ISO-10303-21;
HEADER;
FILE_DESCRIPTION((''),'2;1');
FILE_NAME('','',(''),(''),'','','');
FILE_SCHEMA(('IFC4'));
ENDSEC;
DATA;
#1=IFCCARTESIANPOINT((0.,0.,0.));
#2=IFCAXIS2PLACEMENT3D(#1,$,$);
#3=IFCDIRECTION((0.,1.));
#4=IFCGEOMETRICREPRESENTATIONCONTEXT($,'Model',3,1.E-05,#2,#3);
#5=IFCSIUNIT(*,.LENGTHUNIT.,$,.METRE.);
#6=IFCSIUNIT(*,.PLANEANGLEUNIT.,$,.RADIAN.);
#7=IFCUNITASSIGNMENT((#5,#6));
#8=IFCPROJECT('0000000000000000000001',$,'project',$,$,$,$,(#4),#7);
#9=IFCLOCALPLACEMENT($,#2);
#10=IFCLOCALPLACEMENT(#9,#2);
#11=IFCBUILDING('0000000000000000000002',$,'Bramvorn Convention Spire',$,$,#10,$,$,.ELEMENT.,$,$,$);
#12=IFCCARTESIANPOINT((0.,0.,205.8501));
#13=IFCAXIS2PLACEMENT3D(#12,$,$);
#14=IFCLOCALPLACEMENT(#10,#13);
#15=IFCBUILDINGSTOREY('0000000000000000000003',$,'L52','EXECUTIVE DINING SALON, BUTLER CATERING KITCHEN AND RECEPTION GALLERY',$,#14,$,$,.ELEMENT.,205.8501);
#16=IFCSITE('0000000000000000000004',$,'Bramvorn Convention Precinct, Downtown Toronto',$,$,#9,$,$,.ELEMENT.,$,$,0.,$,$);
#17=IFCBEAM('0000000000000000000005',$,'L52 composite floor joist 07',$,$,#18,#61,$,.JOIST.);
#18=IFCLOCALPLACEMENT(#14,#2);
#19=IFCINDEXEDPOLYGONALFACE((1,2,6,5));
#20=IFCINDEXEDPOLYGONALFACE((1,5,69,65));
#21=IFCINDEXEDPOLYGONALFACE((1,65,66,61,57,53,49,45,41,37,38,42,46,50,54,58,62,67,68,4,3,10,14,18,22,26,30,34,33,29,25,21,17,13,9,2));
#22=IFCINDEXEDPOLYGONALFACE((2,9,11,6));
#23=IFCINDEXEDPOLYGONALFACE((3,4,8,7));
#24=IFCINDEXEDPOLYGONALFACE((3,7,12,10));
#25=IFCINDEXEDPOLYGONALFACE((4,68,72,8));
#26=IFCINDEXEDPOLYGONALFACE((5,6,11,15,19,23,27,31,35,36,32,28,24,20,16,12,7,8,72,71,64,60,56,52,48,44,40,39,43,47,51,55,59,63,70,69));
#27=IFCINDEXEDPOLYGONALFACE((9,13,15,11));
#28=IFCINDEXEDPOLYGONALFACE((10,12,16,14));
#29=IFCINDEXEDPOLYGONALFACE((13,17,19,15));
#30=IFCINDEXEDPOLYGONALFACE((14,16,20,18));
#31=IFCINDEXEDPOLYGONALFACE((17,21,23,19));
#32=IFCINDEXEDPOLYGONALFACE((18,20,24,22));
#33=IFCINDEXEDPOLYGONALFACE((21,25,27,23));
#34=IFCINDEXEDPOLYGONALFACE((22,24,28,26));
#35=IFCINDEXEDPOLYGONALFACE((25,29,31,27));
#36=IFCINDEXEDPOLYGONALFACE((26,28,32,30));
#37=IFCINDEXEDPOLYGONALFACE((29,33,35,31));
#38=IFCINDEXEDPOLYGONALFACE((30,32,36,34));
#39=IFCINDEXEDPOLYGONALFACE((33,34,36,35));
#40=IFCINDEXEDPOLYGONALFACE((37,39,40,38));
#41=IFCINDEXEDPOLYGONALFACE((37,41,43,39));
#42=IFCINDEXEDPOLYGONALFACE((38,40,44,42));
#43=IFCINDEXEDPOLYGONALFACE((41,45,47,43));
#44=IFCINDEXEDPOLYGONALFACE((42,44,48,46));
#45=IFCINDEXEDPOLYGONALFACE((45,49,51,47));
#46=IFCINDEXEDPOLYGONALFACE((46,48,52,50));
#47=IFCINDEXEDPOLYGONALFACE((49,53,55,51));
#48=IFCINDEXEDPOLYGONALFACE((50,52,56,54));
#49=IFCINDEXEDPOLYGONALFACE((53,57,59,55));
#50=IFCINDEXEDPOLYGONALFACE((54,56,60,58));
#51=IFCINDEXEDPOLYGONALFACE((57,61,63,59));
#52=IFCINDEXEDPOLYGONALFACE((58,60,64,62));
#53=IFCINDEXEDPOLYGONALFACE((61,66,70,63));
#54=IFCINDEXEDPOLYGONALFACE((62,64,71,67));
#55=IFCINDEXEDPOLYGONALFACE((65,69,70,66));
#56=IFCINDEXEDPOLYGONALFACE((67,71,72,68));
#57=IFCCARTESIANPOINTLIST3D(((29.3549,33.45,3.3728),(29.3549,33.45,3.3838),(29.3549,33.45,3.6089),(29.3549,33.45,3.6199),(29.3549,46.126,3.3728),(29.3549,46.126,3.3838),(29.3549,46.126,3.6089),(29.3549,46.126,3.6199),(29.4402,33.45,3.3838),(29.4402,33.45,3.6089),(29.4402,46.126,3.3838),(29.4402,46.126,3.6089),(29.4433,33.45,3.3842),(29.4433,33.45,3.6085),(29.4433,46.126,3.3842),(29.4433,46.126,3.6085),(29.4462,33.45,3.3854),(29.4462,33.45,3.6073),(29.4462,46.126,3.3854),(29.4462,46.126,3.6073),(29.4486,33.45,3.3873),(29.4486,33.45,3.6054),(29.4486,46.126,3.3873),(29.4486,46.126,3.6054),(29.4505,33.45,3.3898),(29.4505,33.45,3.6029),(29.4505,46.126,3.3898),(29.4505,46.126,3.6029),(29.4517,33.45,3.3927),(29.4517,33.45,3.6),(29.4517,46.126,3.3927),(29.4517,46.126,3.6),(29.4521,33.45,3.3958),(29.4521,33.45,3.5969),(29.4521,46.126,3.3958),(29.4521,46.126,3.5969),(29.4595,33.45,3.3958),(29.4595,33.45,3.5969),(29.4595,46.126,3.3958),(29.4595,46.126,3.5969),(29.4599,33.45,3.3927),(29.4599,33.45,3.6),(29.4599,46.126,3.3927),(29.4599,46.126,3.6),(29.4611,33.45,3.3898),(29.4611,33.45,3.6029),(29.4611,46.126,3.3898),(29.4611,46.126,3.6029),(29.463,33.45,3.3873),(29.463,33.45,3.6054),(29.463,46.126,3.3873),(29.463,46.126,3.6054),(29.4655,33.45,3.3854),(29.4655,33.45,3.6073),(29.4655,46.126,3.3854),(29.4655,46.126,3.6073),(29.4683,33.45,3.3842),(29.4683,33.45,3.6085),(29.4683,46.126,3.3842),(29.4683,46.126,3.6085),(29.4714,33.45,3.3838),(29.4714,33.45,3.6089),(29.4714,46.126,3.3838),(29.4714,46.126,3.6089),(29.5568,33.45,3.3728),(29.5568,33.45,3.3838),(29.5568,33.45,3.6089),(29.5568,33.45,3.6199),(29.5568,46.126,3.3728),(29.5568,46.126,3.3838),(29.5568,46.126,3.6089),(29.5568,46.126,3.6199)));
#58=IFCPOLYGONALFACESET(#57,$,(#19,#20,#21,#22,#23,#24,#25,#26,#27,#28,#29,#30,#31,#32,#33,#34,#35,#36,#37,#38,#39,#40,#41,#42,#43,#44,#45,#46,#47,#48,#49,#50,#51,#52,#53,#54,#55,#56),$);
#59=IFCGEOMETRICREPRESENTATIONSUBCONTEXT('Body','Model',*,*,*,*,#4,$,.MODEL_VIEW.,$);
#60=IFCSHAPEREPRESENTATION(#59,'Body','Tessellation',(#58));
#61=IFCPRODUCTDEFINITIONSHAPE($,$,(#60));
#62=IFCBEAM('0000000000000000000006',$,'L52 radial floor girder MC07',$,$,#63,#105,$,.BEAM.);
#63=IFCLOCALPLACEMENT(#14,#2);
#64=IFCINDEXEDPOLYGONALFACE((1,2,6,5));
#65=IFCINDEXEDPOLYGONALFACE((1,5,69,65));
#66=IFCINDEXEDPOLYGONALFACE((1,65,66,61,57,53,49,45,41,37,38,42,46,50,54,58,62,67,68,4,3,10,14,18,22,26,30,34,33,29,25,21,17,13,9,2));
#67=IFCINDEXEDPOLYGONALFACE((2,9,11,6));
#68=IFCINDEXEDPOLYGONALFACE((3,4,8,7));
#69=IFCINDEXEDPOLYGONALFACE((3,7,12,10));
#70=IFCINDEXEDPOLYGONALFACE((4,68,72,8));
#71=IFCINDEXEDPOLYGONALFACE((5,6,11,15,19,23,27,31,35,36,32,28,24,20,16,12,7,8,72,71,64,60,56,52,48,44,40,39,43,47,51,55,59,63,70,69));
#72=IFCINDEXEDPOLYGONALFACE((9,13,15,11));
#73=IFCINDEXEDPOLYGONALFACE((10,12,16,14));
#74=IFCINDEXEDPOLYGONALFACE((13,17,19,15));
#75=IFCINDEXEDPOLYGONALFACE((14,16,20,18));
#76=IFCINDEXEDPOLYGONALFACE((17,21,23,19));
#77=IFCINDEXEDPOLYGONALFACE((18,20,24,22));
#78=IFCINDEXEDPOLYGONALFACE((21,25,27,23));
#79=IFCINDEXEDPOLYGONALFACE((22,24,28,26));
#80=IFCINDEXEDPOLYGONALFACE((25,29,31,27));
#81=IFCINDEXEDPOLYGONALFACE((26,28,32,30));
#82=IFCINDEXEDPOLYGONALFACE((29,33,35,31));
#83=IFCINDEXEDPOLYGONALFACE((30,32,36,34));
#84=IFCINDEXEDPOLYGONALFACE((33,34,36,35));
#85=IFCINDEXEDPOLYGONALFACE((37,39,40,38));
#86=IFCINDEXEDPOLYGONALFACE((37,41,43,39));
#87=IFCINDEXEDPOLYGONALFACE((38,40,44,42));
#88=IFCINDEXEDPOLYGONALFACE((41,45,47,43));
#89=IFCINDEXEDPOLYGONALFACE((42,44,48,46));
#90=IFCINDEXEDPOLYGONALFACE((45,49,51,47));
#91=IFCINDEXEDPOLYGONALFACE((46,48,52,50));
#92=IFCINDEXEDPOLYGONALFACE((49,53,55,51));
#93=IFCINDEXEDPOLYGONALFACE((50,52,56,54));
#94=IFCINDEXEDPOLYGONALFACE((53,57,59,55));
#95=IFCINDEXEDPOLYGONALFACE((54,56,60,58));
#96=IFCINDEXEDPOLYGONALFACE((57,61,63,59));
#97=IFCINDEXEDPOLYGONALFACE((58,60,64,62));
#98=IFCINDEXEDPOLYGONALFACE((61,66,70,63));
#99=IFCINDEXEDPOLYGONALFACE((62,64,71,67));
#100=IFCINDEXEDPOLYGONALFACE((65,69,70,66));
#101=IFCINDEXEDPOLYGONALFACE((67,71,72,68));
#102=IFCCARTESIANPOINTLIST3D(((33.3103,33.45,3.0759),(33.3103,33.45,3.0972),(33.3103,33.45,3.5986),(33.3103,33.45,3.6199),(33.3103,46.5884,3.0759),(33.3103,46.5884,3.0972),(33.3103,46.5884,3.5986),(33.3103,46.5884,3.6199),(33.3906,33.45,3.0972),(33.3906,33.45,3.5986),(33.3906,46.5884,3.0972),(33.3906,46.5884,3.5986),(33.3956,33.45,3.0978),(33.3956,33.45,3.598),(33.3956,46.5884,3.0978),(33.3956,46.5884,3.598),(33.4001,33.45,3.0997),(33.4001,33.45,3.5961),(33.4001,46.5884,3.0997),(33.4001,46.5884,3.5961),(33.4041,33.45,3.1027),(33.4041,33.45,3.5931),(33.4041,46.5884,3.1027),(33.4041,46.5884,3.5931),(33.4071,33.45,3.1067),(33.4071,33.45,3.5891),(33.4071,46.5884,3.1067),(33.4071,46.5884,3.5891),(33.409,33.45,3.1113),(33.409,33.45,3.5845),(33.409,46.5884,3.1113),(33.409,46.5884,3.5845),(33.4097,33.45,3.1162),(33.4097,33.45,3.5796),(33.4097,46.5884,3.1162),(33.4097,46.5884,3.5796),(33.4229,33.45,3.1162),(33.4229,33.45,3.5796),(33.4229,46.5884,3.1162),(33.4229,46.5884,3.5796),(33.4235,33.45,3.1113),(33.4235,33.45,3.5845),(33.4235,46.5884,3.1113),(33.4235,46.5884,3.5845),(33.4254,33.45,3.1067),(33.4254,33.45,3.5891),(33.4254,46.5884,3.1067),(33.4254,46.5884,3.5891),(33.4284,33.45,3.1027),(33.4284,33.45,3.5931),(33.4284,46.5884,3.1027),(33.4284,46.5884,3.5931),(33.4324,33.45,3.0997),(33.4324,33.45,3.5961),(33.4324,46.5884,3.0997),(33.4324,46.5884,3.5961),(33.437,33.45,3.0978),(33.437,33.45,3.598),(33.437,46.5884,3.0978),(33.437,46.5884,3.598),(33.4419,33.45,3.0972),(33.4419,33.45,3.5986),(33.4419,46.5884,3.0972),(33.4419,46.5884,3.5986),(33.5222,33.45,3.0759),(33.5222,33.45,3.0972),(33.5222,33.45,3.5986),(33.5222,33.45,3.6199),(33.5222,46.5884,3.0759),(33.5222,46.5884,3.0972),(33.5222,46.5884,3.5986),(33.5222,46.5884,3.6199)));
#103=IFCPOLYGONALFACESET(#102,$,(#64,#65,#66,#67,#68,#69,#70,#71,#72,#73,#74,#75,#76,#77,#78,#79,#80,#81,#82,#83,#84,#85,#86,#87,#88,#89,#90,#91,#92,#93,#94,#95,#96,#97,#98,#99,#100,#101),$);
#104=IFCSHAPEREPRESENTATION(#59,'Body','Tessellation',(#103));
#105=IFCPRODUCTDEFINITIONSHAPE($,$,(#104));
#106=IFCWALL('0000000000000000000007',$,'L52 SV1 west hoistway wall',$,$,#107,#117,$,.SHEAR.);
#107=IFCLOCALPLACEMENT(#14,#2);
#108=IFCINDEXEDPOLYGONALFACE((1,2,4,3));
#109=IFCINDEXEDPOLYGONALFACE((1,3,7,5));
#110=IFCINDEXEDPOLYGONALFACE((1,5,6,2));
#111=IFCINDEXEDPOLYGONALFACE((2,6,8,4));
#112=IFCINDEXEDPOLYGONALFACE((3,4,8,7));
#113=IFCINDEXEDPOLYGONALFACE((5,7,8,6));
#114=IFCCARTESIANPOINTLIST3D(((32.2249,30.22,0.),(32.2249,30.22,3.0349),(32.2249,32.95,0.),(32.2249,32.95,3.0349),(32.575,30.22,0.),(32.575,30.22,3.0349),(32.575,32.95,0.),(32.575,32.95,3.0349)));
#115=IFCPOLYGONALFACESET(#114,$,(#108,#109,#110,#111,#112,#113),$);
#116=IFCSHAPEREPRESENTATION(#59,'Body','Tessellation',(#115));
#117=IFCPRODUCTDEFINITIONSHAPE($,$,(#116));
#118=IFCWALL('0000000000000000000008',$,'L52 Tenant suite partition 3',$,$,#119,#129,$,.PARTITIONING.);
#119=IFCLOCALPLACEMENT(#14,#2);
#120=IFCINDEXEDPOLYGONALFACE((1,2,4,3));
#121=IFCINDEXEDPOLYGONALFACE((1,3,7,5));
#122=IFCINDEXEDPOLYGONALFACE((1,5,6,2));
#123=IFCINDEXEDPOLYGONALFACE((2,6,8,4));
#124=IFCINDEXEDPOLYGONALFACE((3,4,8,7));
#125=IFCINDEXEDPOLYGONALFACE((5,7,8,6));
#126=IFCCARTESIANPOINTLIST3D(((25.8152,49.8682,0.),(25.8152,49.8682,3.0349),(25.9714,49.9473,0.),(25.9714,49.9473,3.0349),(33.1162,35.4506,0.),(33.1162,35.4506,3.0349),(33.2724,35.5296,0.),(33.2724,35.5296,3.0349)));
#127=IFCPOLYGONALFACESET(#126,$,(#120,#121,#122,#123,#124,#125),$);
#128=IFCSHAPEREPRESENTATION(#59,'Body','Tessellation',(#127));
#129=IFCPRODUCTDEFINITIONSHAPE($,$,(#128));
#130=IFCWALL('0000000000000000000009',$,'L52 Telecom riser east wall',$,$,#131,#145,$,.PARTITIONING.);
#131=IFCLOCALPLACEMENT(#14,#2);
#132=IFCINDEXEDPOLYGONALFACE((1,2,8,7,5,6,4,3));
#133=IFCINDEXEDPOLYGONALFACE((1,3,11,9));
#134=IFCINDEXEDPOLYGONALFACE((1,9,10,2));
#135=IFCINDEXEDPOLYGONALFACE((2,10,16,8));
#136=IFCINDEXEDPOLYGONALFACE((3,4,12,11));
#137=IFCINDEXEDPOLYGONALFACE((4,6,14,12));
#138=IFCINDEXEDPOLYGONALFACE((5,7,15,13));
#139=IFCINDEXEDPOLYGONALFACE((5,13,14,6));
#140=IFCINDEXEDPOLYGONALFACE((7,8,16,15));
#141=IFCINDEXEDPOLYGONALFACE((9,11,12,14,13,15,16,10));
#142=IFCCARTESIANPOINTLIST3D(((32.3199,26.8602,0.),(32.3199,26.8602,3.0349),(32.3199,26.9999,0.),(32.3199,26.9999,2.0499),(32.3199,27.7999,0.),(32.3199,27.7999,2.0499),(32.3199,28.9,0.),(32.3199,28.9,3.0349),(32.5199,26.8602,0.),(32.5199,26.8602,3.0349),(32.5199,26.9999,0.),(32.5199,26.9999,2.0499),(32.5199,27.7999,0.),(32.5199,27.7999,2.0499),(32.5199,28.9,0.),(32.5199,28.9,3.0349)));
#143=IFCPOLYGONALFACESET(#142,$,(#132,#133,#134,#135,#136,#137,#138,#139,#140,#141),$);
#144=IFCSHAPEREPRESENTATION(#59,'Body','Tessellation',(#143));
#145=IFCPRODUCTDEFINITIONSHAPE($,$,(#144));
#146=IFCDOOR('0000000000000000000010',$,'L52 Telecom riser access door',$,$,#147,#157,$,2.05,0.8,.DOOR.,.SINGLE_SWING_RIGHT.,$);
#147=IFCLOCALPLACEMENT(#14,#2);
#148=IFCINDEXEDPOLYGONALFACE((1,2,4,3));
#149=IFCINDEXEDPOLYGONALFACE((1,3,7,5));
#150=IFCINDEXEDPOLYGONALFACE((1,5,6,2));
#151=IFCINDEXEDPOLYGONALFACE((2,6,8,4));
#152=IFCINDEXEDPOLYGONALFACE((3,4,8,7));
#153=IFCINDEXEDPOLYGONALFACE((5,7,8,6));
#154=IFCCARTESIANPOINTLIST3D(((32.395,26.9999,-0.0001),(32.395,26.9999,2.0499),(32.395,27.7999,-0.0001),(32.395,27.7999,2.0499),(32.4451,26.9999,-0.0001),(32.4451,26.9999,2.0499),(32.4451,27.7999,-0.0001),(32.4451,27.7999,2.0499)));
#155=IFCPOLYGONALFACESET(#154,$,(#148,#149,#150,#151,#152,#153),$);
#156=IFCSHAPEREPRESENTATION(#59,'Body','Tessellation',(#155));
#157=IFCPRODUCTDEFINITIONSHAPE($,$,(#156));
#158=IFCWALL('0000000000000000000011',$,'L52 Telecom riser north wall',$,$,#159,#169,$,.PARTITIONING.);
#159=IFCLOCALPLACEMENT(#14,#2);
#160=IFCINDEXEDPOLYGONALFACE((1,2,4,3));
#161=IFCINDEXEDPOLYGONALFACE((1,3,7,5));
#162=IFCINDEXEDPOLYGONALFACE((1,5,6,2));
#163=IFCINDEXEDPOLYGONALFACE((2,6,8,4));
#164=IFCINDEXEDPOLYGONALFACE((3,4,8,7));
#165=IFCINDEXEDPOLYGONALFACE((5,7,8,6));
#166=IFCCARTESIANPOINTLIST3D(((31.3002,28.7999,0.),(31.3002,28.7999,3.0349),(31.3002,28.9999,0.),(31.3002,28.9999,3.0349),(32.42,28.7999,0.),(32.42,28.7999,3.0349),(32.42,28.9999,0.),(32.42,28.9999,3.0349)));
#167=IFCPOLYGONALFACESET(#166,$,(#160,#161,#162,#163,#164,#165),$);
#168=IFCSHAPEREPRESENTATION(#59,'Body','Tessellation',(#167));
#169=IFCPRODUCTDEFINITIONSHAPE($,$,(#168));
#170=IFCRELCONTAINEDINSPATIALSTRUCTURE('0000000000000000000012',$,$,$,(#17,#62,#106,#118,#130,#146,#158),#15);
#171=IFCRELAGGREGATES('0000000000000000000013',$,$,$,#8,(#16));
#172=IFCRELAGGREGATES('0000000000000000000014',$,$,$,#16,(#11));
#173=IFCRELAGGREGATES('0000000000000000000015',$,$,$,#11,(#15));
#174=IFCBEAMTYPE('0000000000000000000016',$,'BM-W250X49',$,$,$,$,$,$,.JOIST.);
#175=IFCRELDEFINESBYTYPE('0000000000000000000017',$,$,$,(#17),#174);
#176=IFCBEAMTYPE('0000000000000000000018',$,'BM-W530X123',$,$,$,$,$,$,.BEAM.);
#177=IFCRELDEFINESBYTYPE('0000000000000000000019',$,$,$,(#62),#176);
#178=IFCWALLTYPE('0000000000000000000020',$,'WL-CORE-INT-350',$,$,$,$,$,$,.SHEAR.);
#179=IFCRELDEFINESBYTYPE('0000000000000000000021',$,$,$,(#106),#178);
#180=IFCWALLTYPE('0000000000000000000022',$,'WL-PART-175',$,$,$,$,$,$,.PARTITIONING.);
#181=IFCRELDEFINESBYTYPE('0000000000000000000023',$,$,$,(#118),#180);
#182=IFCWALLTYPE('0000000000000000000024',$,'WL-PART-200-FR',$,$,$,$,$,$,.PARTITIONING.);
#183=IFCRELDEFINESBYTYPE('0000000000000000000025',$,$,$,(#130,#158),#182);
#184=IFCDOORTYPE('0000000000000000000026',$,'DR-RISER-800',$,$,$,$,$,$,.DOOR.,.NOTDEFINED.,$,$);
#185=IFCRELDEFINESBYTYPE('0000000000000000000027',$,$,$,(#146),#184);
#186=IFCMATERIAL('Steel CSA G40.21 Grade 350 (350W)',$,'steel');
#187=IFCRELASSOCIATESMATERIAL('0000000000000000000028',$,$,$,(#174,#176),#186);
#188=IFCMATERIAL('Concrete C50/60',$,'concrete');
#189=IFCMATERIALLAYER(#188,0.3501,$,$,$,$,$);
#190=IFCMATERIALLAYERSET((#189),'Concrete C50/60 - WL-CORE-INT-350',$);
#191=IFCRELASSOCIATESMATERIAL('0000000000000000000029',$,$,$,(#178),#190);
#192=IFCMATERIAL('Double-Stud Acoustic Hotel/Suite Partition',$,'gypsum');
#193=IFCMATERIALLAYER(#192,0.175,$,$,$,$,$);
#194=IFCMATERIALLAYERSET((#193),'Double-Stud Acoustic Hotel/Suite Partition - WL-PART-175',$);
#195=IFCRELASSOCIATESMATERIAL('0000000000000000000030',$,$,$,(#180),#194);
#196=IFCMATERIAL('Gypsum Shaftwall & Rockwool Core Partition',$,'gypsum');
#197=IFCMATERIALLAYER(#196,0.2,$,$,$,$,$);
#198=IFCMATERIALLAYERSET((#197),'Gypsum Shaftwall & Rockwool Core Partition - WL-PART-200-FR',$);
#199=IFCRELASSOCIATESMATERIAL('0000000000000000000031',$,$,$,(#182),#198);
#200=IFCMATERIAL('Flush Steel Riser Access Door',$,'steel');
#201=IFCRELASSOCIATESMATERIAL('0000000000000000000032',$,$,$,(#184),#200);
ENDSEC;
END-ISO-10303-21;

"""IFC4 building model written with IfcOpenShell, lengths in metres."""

from ifc_helpers import new_model, si_unit, direction, frame, frame_2d, origin, origin_2d, place, context, subcontext, project, spatial, rectangle, i_section, extrude, material, layer, layer_set, material_profile, profile_set, type_object, element, fill, save


model = new_model("IFC4")

# Units and contexts
model_context = context("Model", 3, precision=1e-05, world=origin(), true_north=direction((0.0, 1.0)))
body_context = subcontext(model_context, "Body", "Model", "MODEL_VIEW")
ifc_project = project(units=[si_unit("LENGTHUNIT", "METRE"), si_unit("PLANEANGLEUNIT", "RADIAN")], contexts=[model_context])

# Site, building, storey
site_placement = place(None, origin())
site = spatial("IfcSite", under=ifc_project, at=site_placement, Name="Bramvorn Convention Precinct, Downtown Toronto", CompositionType="ELEMENT", RefElevation=0.0)
building_placement = place(site_placement, origin())
building = spatial("IfcBuilding", under=site, at=building_placement, Name="Bramvorn Convention Spire", CompositionType="ELEMENT")
storey_placement = place(building_placement, frame((0.0, 0.0, 205.8501)))
storey = spatial("IfcBuildingStorey", under=building, at=storey_placement, Name="L52", Description="EXECUTIVE DINING SALON, BUTLER CATERING KITCHEN AND RECEPTION GALLERY", CompositionType="ELEMENT", Elevation=205.8501)

# Beams
ifc_material_1 = material(Name="Steel CSA G40.21 Grade 350 (350W)", Category="steel")
ifc_material_profile_1 = material_profile(ifc_material_1, i_section(OverallWidth=0.2019, OverallDepth=0.2471, WebThickness=0.0073, FlangeThickness=0.011, FilletRadius=0.012, at=origin_2d()))
ifc_profile_set_1 = profile_set([ifc_material_profile_1], Name="Steel CSA G40.21 Grade 350 (350W) - W250X49")
beam_type_1 = type_object("IfcBeamType", Name="BM-W250X49", PredefinedType="JOIST", material=ifc_profile_set_1)
beam_1_placement = place(storey_placement, frame((29.4558, 33.45, 3.4963), z_axis=(0.0, 1.0, 0.0), x_axis=(-1.0, 0.0, 0.0)))
element("IfcBeam", 1, at=beam_1_placement, inside=storey, type_object=beam_type_1, Name="L52 composite floor joist 07", PredefinedType="JOIST", context=body_context, shape_type="SweptSolid", body=[
    extrude(i_section(OverallWidth=0.2019, OverallDepth=0.2471, WebThickness=0.0073, FlangeThickness=0.011, FilletRadius=0.012, at=origin_2d()), origin(), (0.0, 0.0, 1.0), 12.676),
])
ifc_material_profile_2 = material_profile(ifc_material_1, i_section(OverallWidth=0.2119, OverallDepth=0.5439, WebThickness=0.0132, FlangeThickness=0.0212, FilletRadius=0.019, at=origin_2d()))
ifc_profile_set_2 = profile_set([ifc_material_profile_2], Name="Steel CSA G40.21 Grade 350 (350W) - W530X123")
beam_type_2 = type_object("IfcBeamType", Name="BM-W530X123", PredefinedType="BEAM", material=ifc_profile_set_2)
beam_2_placement = place(storey_placement, frame((33.4163, 33.45, 3.3479), z_axis=(0.0, 1.0, 0.0), x_axis=(-1.0, 0.0, 0.0)))
element("IfcBeam", 2, at=beam_2_placement, inside=storey, type_object=beam_type_2, Name="L52 radial floor girder MC07", PredefinedType="BEAM", context=body_context, shape_type="SweptSolid", body=[
    extrude(i_section(OverallWidth=0.2119, OverallDepth=0.5439, WebThickness=0.0132, FlangeThickness=0.0212, FilletRadius=0.019, at=origin_2d()), origin(), (0.0, 0.0, 1.0), 13.1384),
])

# Shared definitions
ifc_material_2 = material(Name="Concrete C50/60", Category="concrete")
ifc_layer_1 = layer(ifc_material_2, 0.3501)
ifc_layer_set_1 = layer_set([ifc_layer_1], Name="Concrete C50/60 - WL-CORE-INT-350")
wall_type_1 = type_object("IfcWallType", Name="WL-CORE-INT-350", PredefinedType="SHEAR", material=ifc_layer_set_1)

# Walls
wall_1_placement = place(storey_placement, frame((32.3999, 30.22, 0.0), z_axis=(0.0, 0.0, 1.0), x_axis=(0.0, 1.0, 0.0)))
element("IfcWall", 3, at=wall_1_placement, inside=storey, type_object=wall_type_1, Name="L52 SV1 west hoistway wall", PredefinedType="SHEAR", context=body_context, shape_type="SweptSolid", body=[
    extrude(rectangle(XDim=2.73, YDim=0.3501, at=frame_2d((1.365, 0.0))), origin(), (0.0, 0.0, 1.0), 3.0349),
])
ifc_material_3 = material(Name="Double-Stud Acoustic Hotel/Suite Partition", Category="gypsum")
ifc_layer_2 = layer(ifc_material_3, 0.175)
ifc_layer_set_2 = layer_set([ifc_layer_2], Name="Double-Stud Acoustic Hotel/Suite Partition - WL-PART-175")
wall_type_2 = type_object("IfcWallType", Name="WL-PART-175", PredefinedType="PARTITIONING", material=ifc_layer_set_2)
wall_2_placement = place(storey_placement, frame((33.1943, 35.49, 0.0), z_axis=(0.0, 0.0, 1.0), x_axis=(-0.45177, 0.892134, 0.0)))
element("IfcWall", 4, at=wall_2_placement, inside=storey, type_object=wall_type_2, Name="L52 Tenant suite partition 3", PredefinedType="PARTITIONING", context=body_context, shape_type="SweptSolid", body=[
    extrude(rectangle(XDim=16.1609, YDim=0.175, at=frame_2d((8.0806, 0.0))), origin(), (0.0, 0.0, 1.0), 3.0349),
])

# Wall, opening, door
ifc_material_4 = material(Name="Gypsum Shaftwall & Rockwool Core Partition", Category="gypsum")
ifc_layer_3 = layer(ifc_material_4, 0.2)
ifc_layer_set_3 = layer_set([ifc_layer_3], Name="Gypsum Shaftwall & Rockwool Core Partition - WL-PART-200-FR")
wall_type_3 = type_object("IfcWallType", Name="WL-PART-200-FR", PredefinedType="PARTITIONING", material=ifc_layer_set_3)
wall_3_placement = place(storey_placement, frame((32.4199, 26.8601, 0.0), z_axis=(0.0, 0.0, 1.0), x_axis=(0.0, 1.0, 0.0)))
wall_3 = element("IfcWall", 5, at=wall_3_placement, inside=storey, type_object=wall_type_3, Name="L52 Telecom riser east wall", PredefinedType="PARTITIONING", context=body_context, shape_type="SweptSolid", body=[
    extrude(rectangle(XDim=2.0398, YDim=0.2, at=frame_2d((1.02, 0.0))), origin(), (0.0, 0.0, 1.0), 3.0349),
])
opening_1_placement = place(wall_3_placement, frame((0.1399, 0.0, 0.0)))
opening_1 = element("IfcOpeningElement", 6, at=opening_1_placement, cuts=wall_3, PredefinedType="OPENING", context=body_context, shape_type="SweptSolid", body=[
    extrude(rectangle(XDim=0.8, YDim=2.05, at=frame_2d((0.3999, 1.0249))), frame((0.0, 0.1099, 0.0), z_axis=(0.0, -1.0, 0.0), x_axis=(1.0, 0.0, 0.0)), (0.0, 0.0, 1.0), 0.22),
])
ifc_material_5 = material(Name="Flush Steel Riser Access Door", Category="steel")
door_type_1 = type_object("IfcDoorType", Name="DR-RISER-800", OperationType="NOTDEFINED", PredefinedType="DOOR", material=ifc_material_5)
door_1_placement = place(opening_1_placement, origin())
door_1 = element("IfcDoor", 7, at=door_1_placement, inside=storey, type_object=door_type_1, Name="L52 Telecom riser access door", OperationType="SINGLE_SWING_RIGHT", OverallHeight=2.05, OverallWidth=0.8, PredefinedType="DOOR", context=body_context, shape_type="SweptSolid", body=[
    extrude(rectangle(XDim=0.8, YDim=2.05, at=frame_2d((0.3999, 1.0249))), frame((0.0, 0.0249, 0.0), z_axis=(0.0, -1.0, 0.0), x_axis=(1.0, 0.0, 0.0)), (0.0, 0.0, 1.0), 0.05),
])
fill(opening_1, door_1)

# Wall
wall_4_placement = place(storey_placement, frame((31.3, 28.8999, 0.0), z_axis=(0.0, 0.0, 1.0), x_axis=(1.0, 0.0, 0.0)))
element("IfcWall", 8, at=wall_4_placement, inside=storey, type_object=wall_type_3, Name="L52 Telecom riser north wall", PredefinedType="PARTITIONING", context=body_context, shape_type="SweptSolid", body=[
    extrude(rectangle(XDim=1.1199, YDim=0.2, at=frame_2d((0.5601, 0.0))), origin(), (0.0, 0.0, 1.0), 3.0349),
])

save(model, "model.ifc")
